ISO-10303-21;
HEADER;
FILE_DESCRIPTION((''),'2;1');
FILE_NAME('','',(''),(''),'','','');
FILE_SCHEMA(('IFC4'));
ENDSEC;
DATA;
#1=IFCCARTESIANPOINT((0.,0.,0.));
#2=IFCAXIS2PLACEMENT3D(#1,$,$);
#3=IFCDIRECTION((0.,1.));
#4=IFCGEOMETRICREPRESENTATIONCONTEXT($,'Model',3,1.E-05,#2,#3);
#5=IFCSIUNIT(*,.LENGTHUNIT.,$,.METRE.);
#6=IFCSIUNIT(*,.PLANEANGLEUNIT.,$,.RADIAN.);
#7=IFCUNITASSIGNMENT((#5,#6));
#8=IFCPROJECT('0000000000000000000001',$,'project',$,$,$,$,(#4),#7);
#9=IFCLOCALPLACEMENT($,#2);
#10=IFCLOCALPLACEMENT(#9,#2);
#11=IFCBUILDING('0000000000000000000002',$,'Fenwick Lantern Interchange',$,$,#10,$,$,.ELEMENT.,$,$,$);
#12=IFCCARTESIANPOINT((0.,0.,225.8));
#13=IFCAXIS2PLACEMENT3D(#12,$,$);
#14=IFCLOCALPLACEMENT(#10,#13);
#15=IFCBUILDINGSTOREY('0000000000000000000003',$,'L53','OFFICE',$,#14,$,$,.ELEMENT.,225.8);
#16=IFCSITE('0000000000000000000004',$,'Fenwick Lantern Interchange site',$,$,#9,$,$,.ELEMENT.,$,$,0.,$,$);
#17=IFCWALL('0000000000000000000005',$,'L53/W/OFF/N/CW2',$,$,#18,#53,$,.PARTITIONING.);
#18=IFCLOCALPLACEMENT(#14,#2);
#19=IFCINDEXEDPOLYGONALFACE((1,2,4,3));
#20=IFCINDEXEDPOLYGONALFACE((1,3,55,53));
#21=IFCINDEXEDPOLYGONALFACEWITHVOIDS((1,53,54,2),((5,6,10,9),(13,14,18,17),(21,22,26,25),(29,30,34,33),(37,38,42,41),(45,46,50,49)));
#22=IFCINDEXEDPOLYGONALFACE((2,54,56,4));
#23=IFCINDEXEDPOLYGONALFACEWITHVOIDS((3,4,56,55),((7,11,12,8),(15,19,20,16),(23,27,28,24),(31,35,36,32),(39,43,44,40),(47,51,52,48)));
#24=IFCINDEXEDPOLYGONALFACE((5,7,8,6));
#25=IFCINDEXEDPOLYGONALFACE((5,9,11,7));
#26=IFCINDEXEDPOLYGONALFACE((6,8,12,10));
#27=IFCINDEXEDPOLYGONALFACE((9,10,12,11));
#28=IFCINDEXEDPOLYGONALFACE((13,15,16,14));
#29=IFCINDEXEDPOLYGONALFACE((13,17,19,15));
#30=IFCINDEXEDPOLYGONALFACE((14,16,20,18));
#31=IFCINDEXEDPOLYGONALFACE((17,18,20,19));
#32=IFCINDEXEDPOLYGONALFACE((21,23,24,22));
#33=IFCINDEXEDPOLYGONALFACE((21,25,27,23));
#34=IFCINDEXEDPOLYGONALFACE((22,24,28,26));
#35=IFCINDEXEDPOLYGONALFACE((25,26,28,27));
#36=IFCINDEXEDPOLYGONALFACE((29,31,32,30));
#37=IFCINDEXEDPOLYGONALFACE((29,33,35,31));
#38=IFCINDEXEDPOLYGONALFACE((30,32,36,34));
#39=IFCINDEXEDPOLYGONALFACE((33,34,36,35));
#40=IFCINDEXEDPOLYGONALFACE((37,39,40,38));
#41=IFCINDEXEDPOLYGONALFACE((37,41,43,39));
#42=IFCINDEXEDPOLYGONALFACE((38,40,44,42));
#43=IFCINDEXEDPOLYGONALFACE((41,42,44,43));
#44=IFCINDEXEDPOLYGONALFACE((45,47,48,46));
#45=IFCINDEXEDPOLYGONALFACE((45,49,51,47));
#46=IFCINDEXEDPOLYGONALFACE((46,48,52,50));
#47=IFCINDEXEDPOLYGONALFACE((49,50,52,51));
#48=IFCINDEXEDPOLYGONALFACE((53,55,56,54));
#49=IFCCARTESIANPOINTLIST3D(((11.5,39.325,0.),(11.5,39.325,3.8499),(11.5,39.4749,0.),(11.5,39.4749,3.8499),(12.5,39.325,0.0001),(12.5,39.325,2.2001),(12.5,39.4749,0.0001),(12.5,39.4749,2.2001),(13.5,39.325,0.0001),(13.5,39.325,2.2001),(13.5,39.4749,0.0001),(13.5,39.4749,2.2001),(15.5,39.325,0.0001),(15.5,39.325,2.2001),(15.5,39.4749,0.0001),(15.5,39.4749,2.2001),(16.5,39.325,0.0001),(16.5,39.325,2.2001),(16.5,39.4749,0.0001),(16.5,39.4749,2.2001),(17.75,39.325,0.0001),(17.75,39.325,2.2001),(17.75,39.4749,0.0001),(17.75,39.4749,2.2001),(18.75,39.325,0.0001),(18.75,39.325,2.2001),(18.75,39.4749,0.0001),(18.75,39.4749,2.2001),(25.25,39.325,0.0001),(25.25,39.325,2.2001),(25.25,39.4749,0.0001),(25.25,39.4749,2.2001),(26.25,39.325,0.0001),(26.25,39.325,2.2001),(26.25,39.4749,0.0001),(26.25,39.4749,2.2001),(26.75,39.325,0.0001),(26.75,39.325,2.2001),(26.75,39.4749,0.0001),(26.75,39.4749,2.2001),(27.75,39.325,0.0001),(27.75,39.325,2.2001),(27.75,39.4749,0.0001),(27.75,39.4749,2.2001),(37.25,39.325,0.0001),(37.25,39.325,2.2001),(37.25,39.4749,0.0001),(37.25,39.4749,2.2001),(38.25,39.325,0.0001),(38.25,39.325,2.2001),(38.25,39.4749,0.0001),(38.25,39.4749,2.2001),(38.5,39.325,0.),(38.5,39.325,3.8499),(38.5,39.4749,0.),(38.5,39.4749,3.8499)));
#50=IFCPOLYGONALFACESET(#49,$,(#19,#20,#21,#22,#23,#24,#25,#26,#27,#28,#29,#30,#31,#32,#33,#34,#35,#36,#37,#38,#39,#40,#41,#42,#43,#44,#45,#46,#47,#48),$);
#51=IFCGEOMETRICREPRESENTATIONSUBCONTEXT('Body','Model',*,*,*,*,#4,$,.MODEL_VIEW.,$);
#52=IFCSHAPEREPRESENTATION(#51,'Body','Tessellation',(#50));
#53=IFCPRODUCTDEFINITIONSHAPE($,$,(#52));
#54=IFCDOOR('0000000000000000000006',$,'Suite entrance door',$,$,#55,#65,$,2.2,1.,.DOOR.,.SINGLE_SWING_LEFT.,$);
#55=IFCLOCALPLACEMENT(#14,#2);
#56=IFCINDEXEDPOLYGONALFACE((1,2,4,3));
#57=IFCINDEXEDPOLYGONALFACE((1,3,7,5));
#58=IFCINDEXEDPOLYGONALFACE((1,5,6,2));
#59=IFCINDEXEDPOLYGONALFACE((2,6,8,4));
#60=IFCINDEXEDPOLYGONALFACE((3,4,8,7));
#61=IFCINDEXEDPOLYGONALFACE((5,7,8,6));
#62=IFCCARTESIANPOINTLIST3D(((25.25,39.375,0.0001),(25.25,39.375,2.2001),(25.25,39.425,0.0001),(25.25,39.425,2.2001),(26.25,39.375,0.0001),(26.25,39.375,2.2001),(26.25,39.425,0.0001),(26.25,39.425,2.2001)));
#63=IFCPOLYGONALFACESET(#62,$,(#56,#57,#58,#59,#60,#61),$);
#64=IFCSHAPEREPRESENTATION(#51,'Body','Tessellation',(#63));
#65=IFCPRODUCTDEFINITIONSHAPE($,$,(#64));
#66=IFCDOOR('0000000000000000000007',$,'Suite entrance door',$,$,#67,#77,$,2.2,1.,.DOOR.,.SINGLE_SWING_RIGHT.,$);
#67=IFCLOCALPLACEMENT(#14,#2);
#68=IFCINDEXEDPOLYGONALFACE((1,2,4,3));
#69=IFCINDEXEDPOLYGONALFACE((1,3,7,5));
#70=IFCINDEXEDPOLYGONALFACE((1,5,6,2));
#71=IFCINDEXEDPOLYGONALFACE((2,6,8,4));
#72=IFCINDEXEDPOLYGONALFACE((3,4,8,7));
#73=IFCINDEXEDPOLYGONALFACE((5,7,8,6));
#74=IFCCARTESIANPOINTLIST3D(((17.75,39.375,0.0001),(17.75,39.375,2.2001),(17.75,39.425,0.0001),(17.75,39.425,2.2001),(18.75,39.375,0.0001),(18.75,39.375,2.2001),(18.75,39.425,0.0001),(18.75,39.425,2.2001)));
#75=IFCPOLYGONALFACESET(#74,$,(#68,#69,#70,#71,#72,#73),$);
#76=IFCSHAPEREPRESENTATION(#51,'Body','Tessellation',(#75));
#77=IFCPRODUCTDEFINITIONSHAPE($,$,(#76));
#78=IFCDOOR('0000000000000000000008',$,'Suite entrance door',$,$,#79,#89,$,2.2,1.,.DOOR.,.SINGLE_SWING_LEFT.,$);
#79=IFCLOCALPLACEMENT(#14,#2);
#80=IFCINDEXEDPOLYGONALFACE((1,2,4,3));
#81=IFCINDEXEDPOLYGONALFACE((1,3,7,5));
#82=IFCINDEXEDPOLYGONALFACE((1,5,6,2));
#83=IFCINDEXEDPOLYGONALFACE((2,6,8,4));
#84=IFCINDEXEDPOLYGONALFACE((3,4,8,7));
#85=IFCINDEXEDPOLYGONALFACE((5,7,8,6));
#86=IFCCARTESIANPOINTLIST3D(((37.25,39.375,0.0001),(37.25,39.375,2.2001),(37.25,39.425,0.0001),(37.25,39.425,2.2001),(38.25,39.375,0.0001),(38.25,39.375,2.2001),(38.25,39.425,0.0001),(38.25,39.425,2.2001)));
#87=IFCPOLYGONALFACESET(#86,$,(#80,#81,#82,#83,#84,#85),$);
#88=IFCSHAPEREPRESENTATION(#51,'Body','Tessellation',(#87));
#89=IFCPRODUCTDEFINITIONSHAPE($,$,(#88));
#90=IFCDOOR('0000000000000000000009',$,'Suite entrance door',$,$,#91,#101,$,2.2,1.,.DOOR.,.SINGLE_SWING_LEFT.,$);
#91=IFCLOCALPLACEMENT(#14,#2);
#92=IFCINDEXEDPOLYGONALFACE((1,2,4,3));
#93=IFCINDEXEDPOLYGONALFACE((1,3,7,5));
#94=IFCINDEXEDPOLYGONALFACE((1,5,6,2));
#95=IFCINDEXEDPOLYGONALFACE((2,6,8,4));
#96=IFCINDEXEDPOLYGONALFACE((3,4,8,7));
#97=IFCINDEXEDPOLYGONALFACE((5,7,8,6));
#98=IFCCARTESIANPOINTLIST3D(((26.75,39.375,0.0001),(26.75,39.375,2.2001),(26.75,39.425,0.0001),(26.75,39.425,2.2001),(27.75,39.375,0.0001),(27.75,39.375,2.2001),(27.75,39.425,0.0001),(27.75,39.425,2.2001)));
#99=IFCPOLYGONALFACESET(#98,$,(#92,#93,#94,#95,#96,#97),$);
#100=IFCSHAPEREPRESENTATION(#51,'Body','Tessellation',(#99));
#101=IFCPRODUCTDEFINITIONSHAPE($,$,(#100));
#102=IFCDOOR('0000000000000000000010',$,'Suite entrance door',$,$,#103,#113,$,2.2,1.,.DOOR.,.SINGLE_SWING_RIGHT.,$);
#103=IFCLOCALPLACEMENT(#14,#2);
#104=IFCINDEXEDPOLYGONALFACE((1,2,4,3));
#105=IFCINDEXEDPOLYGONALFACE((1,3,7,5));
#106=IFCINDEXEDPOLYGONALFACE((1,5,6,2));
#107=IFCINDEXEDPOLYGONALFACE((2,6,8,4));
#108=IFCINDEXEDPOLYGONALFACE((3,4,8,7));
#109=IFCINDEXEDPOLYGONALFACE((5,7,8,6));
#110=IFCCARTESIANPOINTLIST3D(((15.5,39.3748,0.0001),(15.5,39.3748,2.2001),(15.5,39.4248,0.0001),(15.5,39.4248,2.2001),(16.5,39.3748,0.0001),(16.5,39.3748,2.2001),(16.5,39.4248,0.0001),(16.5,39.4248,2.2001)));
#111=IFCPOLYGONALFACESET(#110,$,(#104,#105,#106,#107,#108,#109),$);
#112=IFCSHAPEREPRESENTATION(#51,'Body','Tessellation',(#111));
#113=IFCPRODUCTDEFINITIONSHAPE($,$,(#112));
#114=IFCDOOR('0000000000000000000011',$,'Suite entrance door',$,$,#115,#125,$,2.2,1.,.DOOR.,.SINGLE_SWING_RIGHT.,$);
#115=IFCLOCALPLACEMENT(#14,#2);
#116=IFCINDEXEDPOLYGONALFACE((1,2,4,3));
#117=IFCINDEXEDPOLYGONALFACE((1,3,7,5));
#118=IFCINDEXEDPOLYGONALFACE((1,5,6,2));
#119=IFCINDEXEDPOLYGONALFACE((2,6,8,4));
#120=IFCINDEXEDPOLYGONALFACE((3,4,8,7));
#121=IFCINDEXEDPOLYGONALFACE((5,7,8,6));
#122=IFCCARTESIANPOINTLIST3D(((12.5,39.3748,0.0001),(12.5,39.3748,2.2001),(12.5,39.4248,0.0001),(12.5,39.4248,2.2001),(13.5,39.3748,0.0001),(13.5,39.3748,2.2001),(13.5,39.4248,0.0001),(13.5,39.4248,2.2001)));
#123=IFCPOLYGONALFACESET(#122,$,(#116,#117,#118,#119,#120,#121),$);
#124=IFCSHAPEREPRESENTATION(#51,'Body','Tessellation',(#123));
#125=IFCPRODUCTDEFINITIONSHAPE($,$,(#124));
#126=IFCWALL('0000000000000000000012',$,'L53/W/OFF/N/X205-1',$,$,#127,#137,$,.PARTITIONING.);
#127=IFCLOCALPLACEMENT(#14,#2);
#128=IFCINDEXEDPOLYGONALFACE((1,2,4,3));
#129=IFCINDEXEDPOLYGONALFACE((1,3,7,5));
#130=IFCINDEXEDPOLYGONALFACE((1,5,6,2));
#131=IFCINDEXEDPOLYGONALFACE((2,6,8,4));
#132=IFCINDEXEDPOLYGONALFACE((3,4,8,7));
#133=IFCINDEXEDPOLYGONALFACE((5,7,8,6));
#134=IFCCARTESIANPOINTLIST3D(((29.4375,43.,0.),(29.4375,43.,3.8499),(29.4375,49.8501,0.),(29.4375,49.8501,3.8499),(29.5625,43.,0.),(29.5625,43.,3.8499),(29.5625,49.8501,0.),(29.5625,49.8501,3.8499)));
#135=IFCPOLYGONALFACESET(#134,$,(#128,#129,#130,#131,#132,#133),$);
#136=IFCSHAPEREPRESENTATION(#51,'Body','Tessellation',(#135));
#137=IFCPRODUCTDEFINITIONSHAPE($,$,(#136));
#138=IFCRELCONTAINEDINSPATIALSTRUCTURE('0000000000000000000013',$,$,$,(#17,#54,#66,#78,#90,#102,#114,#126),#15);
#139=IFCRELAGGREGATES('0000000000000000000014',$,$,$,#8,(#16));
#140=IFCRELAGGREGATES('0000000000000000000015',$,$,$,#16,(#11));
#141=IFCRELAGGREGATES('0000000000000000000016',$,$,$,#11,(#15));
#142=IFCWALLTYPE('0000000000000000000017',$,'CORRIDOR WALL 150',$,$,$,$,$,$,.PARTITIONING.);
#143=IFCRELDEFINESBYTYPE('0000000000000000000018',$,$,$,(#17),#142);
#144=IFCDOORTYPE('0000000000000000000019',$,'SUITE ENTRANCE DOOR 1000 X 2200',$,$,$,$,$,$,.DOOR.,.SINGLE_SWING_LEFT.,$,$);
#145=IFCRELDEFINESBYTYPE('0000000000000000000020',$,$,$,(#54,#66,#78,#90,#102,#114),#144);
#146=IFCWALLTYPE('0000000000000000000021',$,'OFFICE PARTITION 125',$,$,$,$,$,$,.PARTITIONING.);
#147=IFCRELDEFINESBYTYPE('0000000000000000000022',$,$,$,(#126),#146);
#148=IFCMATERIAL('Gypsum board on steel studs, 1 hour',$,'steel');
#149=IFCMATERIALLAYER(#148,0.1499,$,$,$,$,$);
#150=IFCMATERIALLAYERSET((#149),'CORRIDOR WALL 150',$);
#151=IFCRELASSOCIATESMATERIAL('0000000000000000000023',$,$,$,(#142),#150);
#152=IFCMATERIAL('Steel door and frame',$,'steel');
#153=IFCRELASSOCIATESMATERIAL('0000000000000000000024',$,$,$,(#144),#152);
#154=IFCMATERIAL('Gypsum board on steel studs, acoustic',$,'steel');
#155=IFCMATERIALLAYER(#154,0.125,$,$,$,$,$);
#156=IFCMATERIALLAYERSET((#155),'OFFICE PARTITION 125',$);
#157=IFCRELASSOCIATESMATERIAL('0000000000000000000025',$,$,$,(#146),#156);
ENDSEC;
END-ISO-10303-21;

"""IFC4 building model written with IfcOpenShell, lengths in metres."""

from ifc_helpers import new_model, si_unit, direction, frame, frame_2d, origin, place, context, subcontext, project, spatial, rectangle, extrude, material, layer, layer_set, type_object, element, fill, save


model = new_model("IFC4")

# Units and contexts
model_context = context("Model", 3, precision=1e-05, world=origin(), true_north=direction((0.0, 1.0)))
body_context = subcontext(model_context, "Body", "Model", "MODEL_VIEW")
ifc_project = project(units=[si_unit("LENGTHUNIT", "METRE"), si_unit("PLANEANGLEUNIT", "RADIAN")], contexts=[model_context])

# Site, building, storey
site_placement = place(None, origin())
site = spatial("IfcSite", under=ifc_project, at=site_placement, Name="Fenwick Lantern Interchange site", CompositionType="ELEMENT", RefElevation=0.0)
building_placement = place(site_placement, origin())
building = spatial("IfcBuilding", under=site, at=building_placement, Name="Fenwick Lantern Interchange", CompositionType="ELEMENT")
storey_placement = place(building_placement, frame((0.0, 0.0, 225.8)))
storey = spatial("IfcBuildingStorey", under=building, at=storey_placement, Name="L53", Description="OFFICE", CompositionType="ELEMENT", Elevation=225.8)

# Wall, openings, doors
ifc_material_1 = material(Name="Gypsum board on steel studs, 1 hour", Category="steel")
ifc_layer_1 = layer(ifc_material_1, 0.1499)
ifc_layer_set_1 = layer_set([ifc_layer_1], Name="CORRIDOR WALL 150")
wall_type_1 = type_object("IfcWallType", Name="CORRIDOR WALL 150", PredefinedType="PARTITIONING", material=ifc_layer_set_1)
wall_1_placement = place(storey_placement, frame((38.5, 39.3999, 0.0), z_axis=(0.0, 0.0, 1.0), x_axis=(-1.0, 0.0, 0.0)))
wall_1 = element("IfcWall", 1, at=wall_1_placement, inside=storey, type_object=wall_type_1, Name="L53/W/OFF/N/CW2", PredefinedType="PARTITIONING", context=body_context, shape_type="SweptSolid", body=[
    extrude(rectangle(XDim=27.0, YDim=0.1499, at=frame_2d((13.5, 0.0))), origin(), (0.0, 0.0, 1.0), 3.8499),
])
opening_1_placement = place(wall_1_placement, frame((12.25, 0.0, 0.0)))
opening_1 = element("IfcOpeningElement", 2, at=opening_1_placement, cuts=wall_1, PredefinedType="OPENING", context=body_context, shape_type="SweptSolid", body=[
    extrude(rectangle(XDim=1.0, YDim=2.2, at=frame_2d((0.5, 1.1001))), frame((0.0, 0.085, 0.0), z_axis=(0.0, -1.0, 0.0), x_axis=(1.0, 0.0, 0.0)), (0.0, 0.0, 1.0), 0.1699),
])
opening_2_placement = place(wall_1_placement, frame((19.75, 0.0, 0.0)))
opening_2 = element("IfcOpeningElement", 3, at=opening_2_placement, cuts=wall_1, PredefinedType="OPENING", context=body_context, shape_type="SweptSolid", body=[
    extrude(rectangle(XDim=1.0, YDim=2.2, at=frame_2d((0.5, 1.1001))), frame((0.0, 0.085, 0.0), z_axis=(0.0, -1.0, 0.0), x_axis=(1.0, 0.0, 0.0)), (0.0, 0.0, 1.0), 0.1699),
])
opening_3_placement = place(wall_1_placement, frame((0.25, 0.0, 0.0)))
opening_3 = element("IfcOpeningElement", 4, at=opening_3_placement, cuts=wall_1, PredefinedType="OPENING", context=body_context, shape_type="SweptSolid", body=[
    extrude(rectangle(XDim=1.0, YDim=2.2, at=frame_2d((0.5, 1.1001))), frame((0.0, 0.085, 0.0), z_axis=(0.0, -1.0, 0.0), x_axis=(1.0, 0.0, 0.0)), (0.0, 0.0, 1.0), 0.1699),
])
opening_4_placement = place(wall_1_placement, frame((10.75, 0.0, 0.0)))
opening_4 = element("IfcOpeningElement", 5, at=opening_4_placement, cuts=wall_1, PredefinedType="OPENING", context=body_context, shape_type="SweptSolid", body=[
    extrude(rectangle(XDim=1.0, YDim=2.2, at=frame_2d((0.5, 1.1001))), frame((0.0, 0.085, 0.0), z_axis=(0.0, -1.0, 0.0), x_axis=(1.0, 0.0, 0.0)), (0.0, 0.0, 1.0), 0.1699),
])
opening_5_placement = place(wall_1_placement, frame((22.0, 0.0, 0.0)))
opening_5 = element("IfcOpeningElement", 6, at=opening_5_placement, cuts=wall_1, PredefinedType="OPENING", context=body_context, shape_type="SweptSolid", body=[
    extrude(rectangle(XDim=1.0, YDim=2.2, at=frame_2d((0.5, 1.1001))), frame((0.0, 0.085, 0.0), z_axis=(0.0, -1.0, 0.0), x_axis=(1.0, 0.0, 0.0)), (0.0, 0.0, 1.0), 0.1699),
])
opening_6_placement = place(wall_1_placement, frame((25.0, 0.0, 0.0)))
opening_6 = element("IfcOpeningElement", 7, at=opening_6_placement, cuts=wall_1, PredefinedType="OPENING", context=body_context, shape_type="SweptSolid", body=[
    extrude(rectangle(XDim=1.0, YDim=2.2, at=frame_2d((0.5, 1.1001))), frame((0.0, 0.085, 0.0), z_axis=(0.0, -1.0, 0.0), x_axis=(1.0, 0.0, 0.0)), (0.0, 0.0, 1.0), 0.1699),
])
ifc_material_2 = material(Name="Steel door and frame", Category="steel")
door_type = type_object("IfcDoorType", Name="SUITE ENTRANCE DOOR 1000 X 2200", OperationType="SINGLE_SWING_LEFT", PredefinedType="DOOR", material=ifc_material_2)
door_1_placement = place(opening_1_placement, origin())
door_1 = element("IfcDoor", 8, at=door_1_placement, inside=storey, type_object=door_type, Name="Suite entrance door", OperationType="SINGLE_SWING_LEFT", OverallHeight=2.2, OverallWidth=1.0, PredefinedType="DOOR", context=body_context, shape_type="SweptSolid", body=[
    extrude(rectangle(XDim=1.0, YDim=2.2, at=frame_2d((0.5, 1.1001))), frame((0.0, 0.0249, 0.0), z_axis=(0.0, -1.0, 0.0), x_axis=(1.0, 0.0, 0.0)), (0.0, 0.0, 1.0), 0.05),
])
fill(opening_1, door_1)
door_2_placement = place(opening_2_placement, origin())
door_2 = element("IfcDoor", 9, at=door_2_placement, inside=storey, type_object=door_type, Name="Suite entrance door", OperationType="SINGLE_SWING_RIGHT", OverallHeight=2.2, OverallWidth=1.0, PredefinedType="DOOR", context=body_context, shape_type="SweptSolid", body=[
    extrude(rectangle(XDim=1.0, YDim=2.2, at=frame_2d((0.5, 1.1001))), frame((0.0, 0.0249, 0.0), z_axis=(0.0, -1.0, 0.0), x_axis=(1.0, 0.0, 0.0)), (0.0, 0.0, 1.0), 0.05),
])
fill(opening_2, door_2)
door_3_placement = place(opening_3_placement, origin())
door_3 = element("IfcDoor", 10, at=door_3_placement, inside=storey, type_object=door_type, Name="Suite entrance door", OperationType="SINGLE_SWING_LEFT", OverallHeight=2.2, OverallWidth=1.0, PredefinedType="DOOR", context=body_context, shape_type="SweptSolid", body=[
    extrude(rectangle(XDim=1.0, YDim=2.2, at=frame_2d((0.5, 1.1001))), frame((0.0, 0.0249, 0.0), z_axis=(0.0, -1.0, 0.0), x_axis=(1.0, 0.0, 0.0)), (0.0, 0.0, 1.0), 0.05),
])
fill(opening_3, door_3)
door_4_placement = place(opening_4_placement, origin())
door_4 = element("IfcDoor", 11, at=door_4_placement, inside=storey, type_object=door_type, Name="Suite entrance door", OperationType="SINGLE_SWING_LEFT", OverallHeight=2.2, OverallWidth=1.0, PredefinedType="DOOR", context=body_context, shape_type="SweptSolid", body=[
    extrude(rectangle(XDim=1.0, YDim=2.2, at=frame_2d((0.5, 1.1001))), frame((0.0, 0.0249, 0.0), z_axis=(0.0, -1.0, 0.0), x_axis=(1.0, 0.0, 0.0)), (0.0, 0.0, 1.0), 0.05),
])
fill(opening_4, door_4)
door_5_placement = place(opening_5_placement, frame((1.0, 0.0, 0.0), z_axis=(0.0, 0.0, 1.0), x_axis=(-1.0, 0.0, 0.0)))
door_5 = element("IfcDoor", 12, at=door_5_placement, inside=storey, type_object=door_type, Name="Suite entrance door", OperationType="SINGLE_SWING_RIGHT", OverallHeight=2.2, OverallWidth=1.0, PredefinedType="DOOR", context=body_context, shape_type="SweptSolid", body=[
    extrude(rectangle(XDim=1.0, YDim=2.2, at=frame_2d((0.5, 1.1001))), frame((0.0, 0.0249, 0.0), z_axis=(0.0, -1.0, 0.0), x_axis=(1.0, 0.0, 0.0)), (0.0, 0.0, 1.0), 0.05),
])
fill(opening_5, door_5)
door_6_placement = place(opening_6_placement, frame((1.0, 0.0, 0.0), z_axis=(0.0, 0.0, 1.0), x_axis=(-1.0, 0.0, 0.0)))
door_6 = element("IfcDoor", 13, at=door_6_placement, inside=storey, type_object=door_type, Name="Suite entrance door", OperationType="SINGLE_SWING_RIGHT", OverallHeight=2.2, OverallWidth=1.0, PredefinedType="DOOR", context=body_context, shape_type="SweptSolid", body=[
    extrude(rectangle(XDim=1.0, YDim=2.2, at=frame_2d((0.5, 1.1001))), frame((0.0, 0.0249, 0.0), z_axis=(0.0, -1.0, 0.0), x_axis=(1.0, 0.0, 0.0)), (0.0, 0.0, 1.0), 0.05),
])
fill(opening_6, door_6)

# Wall
ifc_material_3 = material(Name="Gypsum board on steel studs, acoustic", Category="steel")
ifc_layer_2 = layer(ifc_material_3, 0.125)
ifc_layer_set_2 = layer_set([ifc_layer_2], Name="OFFICE PARTITION 125")
wall_type_2 = type_object("IfcWallType", Name="OFFICE PARTITION 125", PredefinedType="PARTITIONING", material=ifc_layer_set_2)
wall_2_placement = place(storey_placement, frame((29.5, 49.8501, 0.0), z_axis=(0.0, 0.0, 1.0), x_axis=(0.0, -1.0, 0.0)))
element("IfcWall", 14, at=wall_2_placement, inside=storey, type_object=wall_type_2, Name="L53/W/OFF/N/X205-1", PredefinedType="PARTITIONING", context=body_context, shape_type="SweptSolid", body=[
    extrude(rectangle(XDim=6.8501, YDim=0.125, at=frame_2d((3.425, 0.0))), origin(), (0.0, 0.0, 1.0), 3.8499),
])

save(model, "model.ifc")
